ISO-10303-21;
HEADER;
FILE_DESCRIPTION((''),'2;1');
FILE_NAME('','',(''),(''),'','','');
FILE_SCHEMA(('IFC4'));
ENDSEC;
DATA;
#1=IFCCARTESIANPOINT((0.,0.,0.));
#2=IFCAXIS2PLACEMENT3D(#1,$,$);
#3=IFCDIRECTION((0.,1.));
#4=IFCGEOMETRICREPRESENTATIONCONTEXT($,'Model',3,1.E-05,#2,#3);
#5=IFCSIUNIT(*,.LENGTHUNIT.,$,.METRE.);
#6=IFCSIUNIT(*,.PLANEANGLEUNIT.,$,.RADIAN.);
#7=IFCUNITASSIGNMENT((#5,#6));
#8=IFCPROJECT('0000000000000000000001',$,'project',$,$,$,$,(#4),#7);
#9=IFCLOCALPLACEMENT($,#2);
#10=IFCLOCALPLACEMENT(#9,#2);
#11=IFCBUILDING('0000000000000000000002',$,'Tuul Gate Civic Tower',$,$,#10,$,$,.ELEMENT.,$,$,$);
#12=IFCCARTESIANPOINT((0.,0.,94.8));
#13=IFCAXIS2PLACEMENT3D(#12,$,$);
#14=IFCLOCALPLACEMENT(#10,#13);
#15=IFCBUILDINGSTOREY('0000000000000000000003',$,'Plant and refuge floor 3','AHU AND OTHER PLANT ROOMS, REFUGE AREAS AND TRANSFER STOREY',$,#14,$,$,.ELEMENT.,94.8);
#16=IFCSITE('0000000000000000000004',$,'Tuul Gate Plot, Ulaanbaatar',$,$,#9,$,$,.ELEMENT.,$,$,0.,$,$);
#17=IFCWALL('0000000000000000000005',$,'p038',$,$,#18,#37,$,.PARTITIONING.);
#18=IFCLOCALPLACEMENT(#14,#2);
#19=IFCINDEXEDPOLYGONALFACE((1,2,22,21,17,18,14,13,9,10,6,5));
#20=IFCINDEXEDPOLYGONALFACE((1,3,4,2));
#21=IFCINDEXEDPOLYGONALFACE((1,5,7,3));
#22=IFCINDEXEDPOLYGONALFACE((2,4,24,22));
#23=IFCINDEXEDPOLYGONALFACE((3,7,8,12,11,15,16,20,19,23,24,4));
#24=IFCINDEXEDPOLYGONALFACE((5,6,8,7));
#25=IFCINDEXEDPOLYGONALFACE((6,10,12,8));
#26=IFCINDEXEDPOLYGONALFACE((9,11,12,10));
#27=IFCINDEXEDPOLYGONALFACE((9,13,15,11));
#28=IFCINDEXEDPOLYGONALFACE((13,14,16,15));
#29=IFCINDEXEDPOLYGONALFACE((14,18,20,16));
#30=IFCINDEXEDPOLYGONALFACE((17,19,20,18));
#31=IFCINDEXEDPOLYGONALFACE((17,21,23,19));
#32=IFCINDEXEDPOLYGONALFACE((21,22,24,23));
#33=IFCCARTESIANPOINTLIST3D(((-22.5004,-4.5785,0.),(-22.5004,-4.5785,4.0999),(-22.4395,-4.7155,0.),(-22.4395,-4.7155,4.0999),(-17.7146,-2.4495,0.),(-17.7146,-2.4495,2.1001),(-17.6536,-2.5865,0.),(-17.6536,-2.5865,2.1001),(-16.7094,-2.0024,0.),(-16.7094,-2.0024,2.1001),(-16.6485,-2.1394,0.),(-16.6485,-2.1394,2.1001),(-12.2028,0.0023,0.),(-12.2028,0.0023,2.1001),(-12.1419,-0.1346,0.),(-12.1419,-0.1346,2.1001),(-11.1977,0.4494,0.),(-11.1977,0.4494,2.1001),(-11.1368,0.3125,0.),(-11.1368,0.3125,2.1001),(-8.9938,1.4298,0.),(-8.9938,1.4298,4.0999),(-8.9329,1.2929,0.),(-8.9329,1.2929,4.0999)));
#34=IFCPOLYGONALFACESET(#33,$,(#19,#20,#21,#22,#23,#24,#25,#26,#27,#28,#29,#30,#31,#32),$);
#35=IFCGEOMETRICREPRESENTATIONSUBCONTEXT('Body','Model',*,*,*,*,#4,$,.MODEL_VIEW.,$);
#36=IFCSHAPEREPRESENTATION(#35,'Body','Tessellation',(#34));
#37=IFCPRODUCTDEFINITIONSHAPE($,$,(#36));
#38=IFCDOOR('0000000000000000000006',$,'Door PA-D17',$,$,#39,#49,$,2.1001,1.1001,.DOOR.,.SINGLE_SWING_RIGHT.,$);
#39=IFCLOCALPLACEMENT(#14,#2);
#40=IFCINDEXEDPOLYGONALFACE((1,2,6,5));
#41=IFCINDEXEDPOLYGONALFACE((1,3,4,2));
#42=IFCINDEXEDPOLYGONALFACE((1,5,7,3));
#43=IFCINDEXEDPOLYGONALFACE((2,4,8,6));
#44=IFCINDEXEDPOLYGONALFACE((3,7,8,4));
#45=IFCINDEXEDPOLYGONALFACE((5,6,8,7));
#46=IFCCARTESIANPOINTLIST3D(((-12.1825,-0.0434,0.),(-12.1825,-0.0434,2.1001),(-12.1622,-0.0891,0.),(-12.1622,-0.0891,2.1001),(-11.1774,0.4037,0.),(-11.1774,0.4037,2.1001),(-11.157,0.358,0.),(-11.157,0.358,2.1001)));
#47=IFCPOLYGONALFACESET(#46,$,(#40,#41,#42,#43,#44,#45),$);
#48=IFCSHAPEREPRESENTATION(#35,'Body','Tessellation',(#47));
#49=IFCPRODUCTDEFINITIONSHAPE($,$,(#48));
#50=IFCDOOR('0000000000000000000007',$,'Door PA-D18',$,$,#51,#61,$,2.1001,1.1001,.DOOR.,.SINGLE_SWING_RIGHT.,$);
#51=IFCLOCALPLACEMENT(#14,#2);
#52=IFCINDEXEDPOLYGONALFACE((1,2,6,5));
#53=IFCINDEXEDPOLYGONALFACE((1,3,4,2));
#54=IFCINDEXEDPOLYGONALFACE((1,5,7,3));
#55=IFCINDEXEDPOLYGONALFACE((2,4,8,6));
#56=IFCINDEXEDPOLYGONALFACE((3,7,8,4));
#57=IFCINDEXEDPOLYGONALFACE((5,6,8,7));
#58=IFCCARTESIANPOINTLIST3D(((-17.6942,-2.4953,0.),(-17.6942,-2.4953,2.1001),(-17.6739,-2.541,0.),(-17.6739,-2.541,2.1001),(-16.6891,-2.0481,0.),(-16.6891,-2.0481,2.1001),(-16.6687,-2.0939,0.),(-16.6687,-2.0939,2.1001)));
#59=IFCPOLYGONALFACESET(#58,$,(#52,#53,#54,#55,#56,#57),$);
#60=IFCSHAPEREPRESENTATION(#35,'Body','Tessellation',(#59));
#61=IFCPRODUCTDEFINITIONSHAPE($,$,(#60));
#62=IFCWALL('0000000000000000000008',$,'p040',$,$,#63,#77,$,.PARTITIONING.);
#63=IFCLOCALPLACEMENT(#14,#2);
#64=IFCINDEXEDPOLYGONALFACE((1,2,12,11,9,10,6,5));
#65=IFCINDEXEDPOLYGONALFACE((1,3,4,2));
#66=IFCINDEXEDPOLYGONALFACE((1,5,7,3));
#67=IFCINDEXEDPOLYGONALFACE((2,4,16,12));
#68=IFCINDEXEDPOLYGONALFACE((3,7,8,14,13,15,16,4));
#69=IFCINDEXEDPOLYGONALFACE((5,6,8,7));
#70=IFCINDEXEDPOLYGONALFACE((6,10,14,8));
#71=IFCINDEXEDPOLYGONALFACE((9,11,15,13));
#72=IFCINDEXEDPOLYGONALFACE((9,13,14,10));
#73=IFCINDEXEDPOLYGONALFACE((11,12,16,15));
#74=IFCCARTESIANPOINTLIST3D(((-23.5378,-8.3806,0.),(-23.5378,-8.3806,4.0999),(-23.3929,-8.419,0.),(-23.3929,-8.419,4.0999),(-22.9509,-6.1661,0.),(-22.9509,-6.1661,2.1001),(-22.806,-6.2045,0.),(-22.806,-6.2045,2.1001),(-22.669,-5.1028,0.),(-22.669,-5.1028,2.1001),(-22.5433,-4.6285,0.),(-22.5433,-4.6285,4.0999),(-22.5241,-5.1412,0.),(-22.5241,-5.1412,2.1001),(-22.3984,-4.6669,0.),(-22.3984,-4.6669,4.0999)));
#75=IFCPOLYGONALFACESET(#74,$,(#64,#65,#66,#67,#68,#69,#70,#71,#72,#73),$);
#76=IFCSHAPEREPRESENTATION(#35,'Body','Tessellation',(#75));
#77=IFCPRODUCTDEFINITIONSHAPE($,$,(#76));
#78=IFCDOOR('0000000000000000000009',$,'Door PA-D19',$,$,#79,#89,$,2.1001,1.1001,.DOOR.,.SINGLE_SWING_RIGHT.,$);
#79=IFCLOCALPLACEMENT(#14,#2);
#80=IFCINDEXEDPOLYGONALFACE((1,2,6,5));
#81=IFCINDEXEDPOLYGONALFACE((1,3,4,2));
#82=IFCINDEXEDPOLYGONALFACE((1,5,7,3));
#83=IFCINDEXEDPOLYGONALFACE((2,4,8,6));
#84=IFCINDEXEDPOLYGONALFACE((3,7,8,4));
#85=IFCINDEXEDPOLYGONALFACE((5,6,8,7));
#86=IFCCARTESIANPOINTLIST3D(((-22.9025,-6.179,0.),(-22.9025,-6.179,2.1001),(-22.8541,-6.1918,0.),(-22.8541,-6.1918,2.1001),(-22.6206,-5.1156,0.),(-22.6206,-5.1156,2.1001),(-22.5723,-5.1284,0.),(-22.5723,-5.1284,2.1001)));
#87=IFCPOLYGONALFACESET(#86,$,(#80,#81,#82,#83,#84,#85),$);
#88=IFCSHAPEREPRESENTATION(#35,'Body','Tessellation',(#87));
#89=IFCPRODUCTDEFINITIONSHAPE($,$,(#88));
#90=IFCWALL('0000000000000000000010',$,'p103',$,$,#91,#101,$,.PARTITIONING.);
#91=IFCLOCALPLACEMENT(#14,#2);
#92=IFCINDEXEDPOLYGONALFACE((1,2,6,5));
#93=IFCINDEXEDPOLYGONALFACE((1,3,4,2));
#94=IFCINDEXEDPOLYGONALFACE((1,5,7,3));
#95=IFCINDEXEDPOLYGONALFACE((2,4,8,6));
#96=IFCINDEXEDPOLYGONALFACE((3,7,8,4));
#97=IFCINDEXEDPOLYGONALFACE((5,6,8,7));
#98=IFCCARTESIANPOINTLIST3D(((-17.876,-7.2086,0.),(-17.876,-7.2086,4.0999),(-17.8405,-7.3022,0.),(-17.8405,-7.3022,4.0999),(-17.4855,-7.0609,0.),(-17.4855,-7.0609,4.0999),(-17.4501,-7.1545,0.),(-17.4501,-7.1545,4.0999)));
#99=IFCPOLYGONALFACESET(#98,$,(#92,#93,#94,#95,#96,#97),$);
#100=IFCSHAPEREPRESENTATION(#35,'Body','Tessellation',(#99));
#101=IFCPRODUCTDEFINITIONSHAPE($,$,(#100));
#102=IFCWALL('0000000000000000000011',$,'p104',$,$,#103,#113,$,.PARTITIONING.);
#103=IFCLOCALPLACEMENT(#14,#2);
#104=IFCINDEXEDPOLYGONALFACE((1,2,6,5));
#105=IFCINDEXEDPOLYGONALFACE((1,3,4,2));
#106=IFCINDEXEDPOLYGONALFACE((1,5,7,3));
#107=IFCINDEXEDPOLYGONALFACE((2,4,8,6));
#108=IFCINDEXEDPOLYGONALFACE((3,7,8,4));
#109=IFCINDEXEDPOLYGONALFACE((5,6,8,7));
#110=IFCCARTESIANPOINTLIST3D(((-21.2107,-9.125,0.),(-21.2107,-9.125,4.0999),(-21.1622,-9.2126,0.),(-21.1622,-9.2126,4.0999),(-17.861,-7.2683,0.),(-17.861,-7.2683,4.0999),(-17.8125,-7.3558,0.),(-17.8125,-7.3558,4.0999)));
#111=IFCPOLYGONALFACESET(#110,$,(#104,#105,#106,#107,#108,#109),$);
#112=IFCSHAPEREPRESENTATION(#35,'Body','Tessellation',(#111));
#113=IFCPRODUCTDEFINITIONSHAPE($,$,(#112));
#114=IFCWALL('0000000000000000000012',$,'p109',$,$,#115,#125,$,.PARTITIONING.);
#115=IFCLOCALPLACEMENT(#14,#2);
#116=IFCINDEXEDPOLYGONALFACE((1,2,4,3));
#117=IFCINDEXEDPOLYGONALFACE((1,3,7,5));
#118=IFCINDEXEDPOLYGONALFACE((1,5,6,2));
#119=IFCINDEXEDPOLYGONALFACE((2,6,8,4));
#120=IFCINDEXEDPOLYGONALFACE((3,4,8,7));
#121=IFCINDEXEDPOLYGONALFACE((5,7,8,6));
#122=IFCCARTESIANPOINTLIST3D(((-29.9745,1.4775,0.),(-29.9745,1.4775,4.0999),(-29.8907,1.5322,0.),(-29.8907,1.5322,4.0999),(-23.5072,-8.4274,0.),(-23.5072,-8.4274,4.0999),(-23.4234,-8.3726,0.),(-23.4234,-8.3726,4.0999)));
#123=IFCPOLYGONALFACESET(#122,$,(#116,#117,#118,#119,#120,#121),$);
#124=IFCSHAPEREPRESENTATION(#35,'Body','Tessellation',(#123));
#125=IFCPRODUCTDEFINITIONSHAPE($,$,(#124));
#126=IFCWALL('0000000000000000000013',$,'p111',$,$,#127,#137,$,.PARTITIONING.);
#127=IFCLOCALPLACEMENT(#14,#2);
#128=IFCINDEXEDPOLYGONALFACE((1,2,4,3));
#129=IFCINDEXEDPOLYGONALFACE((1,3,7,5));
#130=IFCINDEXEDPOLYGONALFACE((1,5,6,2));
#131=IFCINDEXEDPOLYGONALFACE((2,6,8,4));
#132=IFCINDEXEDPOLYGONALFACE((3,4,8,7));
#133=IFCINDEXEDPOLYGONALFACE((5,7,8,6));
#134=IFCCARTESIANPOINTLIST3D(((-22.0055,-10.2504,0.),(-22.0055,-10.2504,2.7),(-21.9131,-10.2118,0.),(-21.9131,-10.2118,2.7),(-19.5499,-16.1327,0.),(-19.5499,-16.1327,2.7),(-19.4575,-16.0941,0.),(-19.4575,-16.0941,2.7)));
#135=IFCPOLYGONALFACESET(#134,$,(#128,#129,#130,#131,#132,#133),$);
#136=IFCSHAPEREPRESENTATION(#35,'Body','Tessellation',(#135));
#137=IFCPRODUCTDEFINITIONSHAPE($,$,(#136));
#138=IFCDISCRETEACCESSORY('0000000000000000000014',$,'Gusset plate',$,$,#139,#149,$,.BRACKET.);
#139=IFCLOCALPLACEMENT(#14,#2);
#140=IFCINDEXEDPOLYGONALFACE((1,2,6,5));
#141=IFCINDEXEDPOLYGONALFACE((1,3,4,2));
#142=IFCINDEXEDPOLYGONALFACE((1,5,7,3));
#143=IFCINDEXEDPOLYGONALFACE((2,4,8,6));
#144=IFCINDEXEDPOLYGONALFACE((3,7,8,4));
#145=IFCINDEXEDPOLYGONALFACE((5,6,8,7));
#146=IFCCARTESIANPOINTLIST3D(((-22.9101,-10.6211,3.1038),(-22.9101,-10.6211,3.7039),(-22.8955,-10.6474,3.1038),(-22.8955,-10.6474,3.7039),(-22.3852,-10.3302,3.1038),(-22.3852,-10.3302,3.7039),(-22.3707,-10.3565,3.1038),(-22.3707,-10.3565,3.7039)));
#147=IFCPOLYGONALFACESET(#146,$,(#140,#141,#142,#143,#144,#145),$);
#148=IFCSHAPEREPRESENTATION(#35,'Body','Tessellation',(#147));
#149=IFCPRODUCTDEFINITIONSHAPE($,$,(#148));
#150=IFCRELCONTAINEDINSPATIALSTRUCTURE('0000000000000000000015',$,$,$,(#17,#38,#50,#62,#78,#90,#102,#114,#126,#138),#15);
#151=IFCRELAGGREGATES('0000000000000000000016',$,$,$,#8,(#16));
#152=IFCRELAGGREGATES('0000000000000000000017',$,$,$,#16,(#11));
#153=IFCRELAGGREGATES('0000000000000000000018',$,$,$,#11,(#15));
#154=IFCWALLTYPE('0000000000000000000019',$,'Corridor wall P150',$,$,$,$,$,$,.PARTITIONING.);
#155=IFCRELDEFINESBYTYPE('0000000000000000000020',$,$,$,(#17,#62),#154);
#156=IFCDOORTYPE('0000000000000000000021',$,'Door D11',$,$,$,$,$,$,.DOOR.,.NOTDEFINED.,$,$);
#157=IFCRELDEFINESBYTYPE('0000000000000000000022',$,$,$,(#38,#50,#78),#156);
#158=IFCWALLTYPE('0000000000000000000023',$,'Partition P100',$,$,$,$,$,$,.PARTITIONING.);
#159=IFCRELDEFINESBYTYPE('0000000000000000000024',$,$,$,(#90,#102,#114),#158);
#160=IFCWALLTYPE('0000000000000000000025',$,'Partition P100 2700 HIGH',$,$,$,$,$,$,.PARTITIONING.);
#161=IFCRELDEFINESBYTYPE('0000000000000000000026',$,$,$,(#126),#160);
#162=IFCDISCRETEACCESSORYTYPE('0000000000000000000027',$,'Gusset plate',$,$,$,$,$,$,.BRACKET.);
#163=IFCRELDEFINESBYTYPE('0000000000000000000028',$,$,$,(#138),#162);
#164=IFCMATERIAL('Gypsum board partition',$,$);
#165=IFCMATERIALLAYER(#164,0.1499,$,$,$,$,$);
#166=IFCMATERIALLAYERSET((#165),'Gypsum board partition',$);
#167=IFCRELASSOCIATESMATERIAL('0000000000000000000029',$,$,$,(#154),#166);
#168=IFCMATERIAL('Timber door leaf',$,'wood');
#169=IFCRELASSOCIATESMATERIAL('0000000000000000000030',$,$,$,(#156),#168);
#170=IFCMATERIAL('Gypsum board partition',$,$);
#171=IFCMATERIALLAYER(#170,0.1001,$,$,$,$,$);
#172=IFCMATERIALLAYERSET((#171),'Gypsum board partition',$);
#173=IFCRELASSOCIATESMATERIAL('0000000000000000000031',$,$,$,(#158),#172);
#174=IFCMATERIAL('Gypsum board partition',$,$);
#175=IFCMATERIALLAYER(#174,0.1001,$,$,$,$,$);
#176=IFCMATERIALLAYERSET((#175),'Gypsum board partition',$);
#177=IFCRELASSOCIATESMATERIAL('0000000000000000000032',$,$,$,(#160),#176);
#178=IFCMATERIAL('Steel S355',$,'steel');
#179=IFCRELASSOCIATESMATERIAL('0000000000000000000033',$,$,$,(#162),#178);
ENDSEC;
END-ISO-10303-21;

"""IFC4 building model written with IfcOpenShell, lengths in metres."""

from ifc_helpers import new_model, si_unit, direction, frame, frame_2d, origin, origin_2d, place, context, subcontext, project, spatial, rectangle, extrude, material, layer, layer_set, type_object, element, fill, save


model = new_model("IFC4")

# Units and contexts
model_context = context("Model", 3, precision=1e-05, world=origin(), true_north=direction((0.0, 1.0)))
body_context = subcontext(model_context, "Body", "Model", "MODEL_VIEW")
ifc_project = project(units=[si_unit("LENGTHUNIT", "METRE"), si_unit("PLANEANGLEUNIT", "RADIAN")], contexts=[model_context])

# Site, building, storey
site_placement = place(None, origin())
site = spatial("IfcSite", under=ifc_project, at=site_placement, Name="Tuul Gate Plot, Ulaanbaatar", CompositionType="ELEMENT", RefElevation=0.0)
building_placement = place(site_placement, origin())
building = spatial("IfcBuilding", under=site, at=building_placement, Name="Tuul Gate Civic Tower", CompositionType="ELEMENT")
storey_placement = place(building_placement, frame((0.0, 0.0, 94.8)))
storey = spatial("IfcBuildingStorey", under=building, at=storey_placement, Name="Plant and refuge floor 3", Description="AHU AND OTHER PLANT ROOMS, REFUGE AREAS AND TRANSFER STOREY", CompositionType="ELEMENT", Elevation=94.8)

# Shared definitions
ifc_material_1 = material(Name="Gypsum board partition")
ifc_layer_1 = layer(ifc_material_1, 0.1499)
ifc_layer_set_1 = layer_set([ifc_layer_1], Name="Gypsum board partition")
wall_type_1 = type_object("IfcWallType", Name="Corridor wall P150", PredefinedType="PARTITIONING", material=ifc_layer_set_1)

# Wall, openings, doors
wall_1_placement = place(storey_placement, frame((-22.47, -4.647, 0.0), z_axis=(0.0, 0.0, 1.0), x_axis=(0.913677, 0.406442, 0.0)))
wall_1 = element("IfcWall", 1, at=wall_1_placement, inside=storey, type_object=wall_type_1, Name="p038", PredefinedType="PARTITIONING", context=body_context, shape_type="SweptSolid", body=[
    extrude(rectangle(XDim=14.7827, YDim=0.1499, at=frame_2d((7.3914, 0.0))), origin(), (0.0, 0.0, 1.0), 4.0999),
])
opening_1_placement = place(wall_1_placement, frame((11.2705, 0.0, 0.0)))
opening_1 = element("IfcOpeningElement", 2, at=opening_1_placement, cuts=wall_1, PredefinedType="OPENING", context=body_context, shape_type="SweptSolid", body=[
    extrude(rectangle(XDim=1.1001, YDim=2.1001, at=frame_2d((0.55, 1.05))), frame((0.0, 0.085, 0.0), z_axis=(0.0, -1.0, 0.0), x_axis=(1.0, 0.0, 0.0)), (0.0, 0.0, 1.0), 0.1699),
])
opening_2_placement = place(wall_1_placement, frame((5.238, 0.0, 0.0)))
opening_2 = element("IfcOpeningElement", 3, at=opening_2_placement, cuts=wall_1, PredefinedType="OPENING", context=body_context, shape_type="SweptSolid", body=[
    extrude(rectangle(XDim=1.1001, YDim=2.1001, at=frame_2d((0.55, 1.05))), frame((0.0, 0.085, 0.0), z_axis=(0.0, -1.0, 0.0), x_axis=(1.0, 0.0, 0.0)), (0.0, 0.0, 1.0), 0.1699),
])
ifc_material_2 = material(Name="Timber door leaf", Category="wood")
door_type_1 = type_object("IfcDoorType", Name="Door D11", OperationType="NOTDEFINED", PredefinedType="DOOR", material=ifc_material_2)
door_1_placement = place(opening_1_placement, origin())
door_1 = element("IfcDoor", 4, at=door_1_placement, inside=storey, type_object=door_type_1, Name="Door PA-D17", OperationType="SINGLE_SWING_RIGHT", OverallHeight=2.1001, OverallWidth=1.1001, PredefinedType="DOOR", context=body_context, shape_type="SweptSolid", body=[
    extrude(rectangle(XDim=1.1001, YDim=2.1001, at=frame_2d((0.55, 1.05))), frame((0.0, 0.0249, 0.0), z_axis=(0.0, -1.0, 0.0), x_axis=(1.0, 0.0, 0.0)), (0.0, 0.0, 1.0), 0.05),
])
fill(opening_1, door_1)
door_2_placement = place(opening_2_placement, origin())
door_2 = element("IfcDoor", 5, at=door_2_placement, inside=storey, type_object=door_type_1, Name="Door PA-D18", OperationType="SINGLE_SWING_RIGHT", OverallHeight=2.1001, OverallWidth=1.1001, PredefinedType="DOOR", context=body_context, shape_type="SweptSolid", body=[
    extrude(rectangle(XDim=1.1001, YDim=2.1001, at=frame_2d((0.55, 1.05))), frame((0.0, 0.0249, 0.0), z_axis=(0.0, -1.0, 0.0), x_axis=(1.0, 0.0, 0.0)), (0.0, 0.0, 1.0), 0.05),
])
fill(opening_2, door_2)

# Wall, opening, door
wall_2_placement = place(storey_placement, frame((-23.4653, -8.3999, 0.0), z_axis=(0.0, 0.0, 1.0), x_axis=(0.256186, 0.966627, 0.0)))
wall_2 = element("IfcWall", 6, at=wall_2_placement, inside=storey, type_object=wall_type_1, Name="p040", PredefinedType="PARTITIONING", context=body_context, shape_type="SweptSolid", body=[
    extrude(rectangle(XDim=3.8816, YDim=0.1499, at=frame_2d((1.9409, 0.0))), origin(), (0.0, 0.0, 1.0), 4.0999),
])
opening_3_placement = place(wall_2_placement, frame((2.291, 0.0, 0.0)))
opening_3 = element("IfcOpeningElement", 7, at=opening_3_placement, cuts=wall_2, PredefinedType="OPENING", context=body_context, shape_type="SweptSolid", body=[
    extrude(rectangle(XDim=1.1001, YDim=2.1001, at=frame_2d((0.55, 1.05))), frame((0.0, 0.085, 0.0), z_axis=(0.0, -1.0, 0.0), x_axis=(1.0, 0.0, 0.0)), (0.0, 0.0, 1.0), 0.1699),
])
door_3_placement = place(opening_3_placement, origin())
door_3 = element("IfcDoor", 8, at=door_3_placement, inside=storey, type_object=door_type_1, Name="Door PA-D19", OperationType="SINGLE_SWING_RIGHT", OverallHeight=2.1001, OverallWidth=1.1001, PredefinedType="DOOR", context=body_context, shape_type="SweptSolid", body=[
    extrude(rectangle(XDim=1.1001, YDim=2.1001, at=frame_2d((0.55, 1.05))), frame((0.0, 0.0249, 0.0), z_axis=(0.0, -1.0, 0.0), x_axis=(1.0, 0.0, 0.0)), (0.0, 0.0, 1.0), 0.05),
])
fill(opening_3, door_3)

# Walls
ifc_material_3 = material(Name="Gypsum board partition")
ifc_layer_2 = layer(ifc_material_3, 0.1001)
ifc_layer_set_2 = layer_set([ifc_layer_2], Name="Gypsum board partition")
wall_type_2 = type_object("IfcWallType", Name="Partition P100", PredefinedType="PARTITIONING", material=ifc_layer_set_2)
wall_3_placement = place(storey_placement, frame((-17.4678, -7.1077, 0.0), z_axis=(0.0, 0.0, 1.0), x_axis=(-0.935291, -0.353878, 0.0)))
element("IfcWall", 9, at=wall_3_placement, inside=storey, type_object=wall_type_2, Name="p103", PredefinedType="PARTITIONING", context=body_context, shape_type="SweptSolid", body=[
    extrude(rectangle(XDim=0.4175, YDim=0.1001, at=frame_2d((0.2087, 0.0))), origin(), (0.0, 0.0, 1.0), 4.0999),
])
wall_4_placement = place(storey_placement, frame((-17.8367, -7.312, 0.0), z_axis=(0.0, 0.0, 1.0), x_axis=(-0.874623, -0.484804, 0.0)))
element("IfcWall", 10, at=wall_4_placement, inside=storey, type_object=wall_type_2, Name="p104", PredefinedType="PARTITIONING", context=body_context, shape_type="SweptSolid", body=[
    extrude(rectangle(XDim=3.8298, YDim=0.1001, at=frame_2d((1.915, 0.0))), origin(), (0.0, 0.0, 1.0), 4.0999),
])
wall_5_placement = place(storey_placement, frame((-23.4653, -8.3999, 0.0), z_axis=(0.0, 0.0, 1.0), x_axis=(-0.546721, 0.837315, 0.0)))
element("IfcWall", 11, at=wall_5_placement, inside=storey, type_object=wall_type_2, Name="p109", PredefinedType="PARTITIONING", context=body_context, shape_type="SweptSolid", body=[
    extrude(rectangle(XDim=11.8293, YDim=0.1001, at=frame_2d((5.9146, 0.0))), origin(), (0.0, 0.0, 1.0), 4.0999),
])
ifc_material_4 = material(Name="Gypsum board partition")
ifc_layer_3 = layer(ifc_material_4, 0.1001)
ifc_layer_set_3 = layer_set([ifc_layer_3], Name="Gypsum board partition")
wall_type_3 = type_object("IfcWallType", Name="Partition P100 2700 HIGH", PredefinedType="PARTITIONING", material=ifc_layer_set_3)
wall_6_placement = place(storey_placement, frame((-21.9592, -10.2312, 0.0), z_axis=(0.0, 0.0, 1.0), x_axis=(0.38523, -0.922821, 0.0)))
element("IfcWall", 12, at=wall_6_placement, inside=storey, type_object=wall_type_3, Name="p111", PredefinedType="PARTITIONING", context=body_context, shape_type="SweptSolid", body=[
    extrude(rectangle(XDim=6.3743, YDim=0.1001, at=frame_2d((3.187, 0.0))), origin(), (0.0, 0.0, 1.0), 2.7),
])

# Discrete accessory
ifc_material_5 = material(Name="Steel S355", Category="steel")
discrete_accessory_type = type_object("IfcDiscreteAccessoryType", Name="Gusset plate", PredefinedType="BRACKET", material=ifc_material_5)
discrete_accessory_placement = place(storey_placement, frame((-22.6404, -10.4888, 3.1038), z_axis=(0.0, 0.0, 1.0), x_axis=(-0.874654, -0.484748, 0.0)))
element("IfcDiscreteAccessory", 13, at=discrete_accessory_placement, inside=storey, type_object=discrete_accessory_type, Name="Gusset plate", PredefinedType="BRACKET", context=body_context, shape_type="SweptSolid", body=[
    extrude(rectangle(XDim=0.6001, YDim=0.03, at=origin_2d()), origin(), (0.0, 0.0, 1.0), 0.6001),
])

save(model, "model.ifc")
